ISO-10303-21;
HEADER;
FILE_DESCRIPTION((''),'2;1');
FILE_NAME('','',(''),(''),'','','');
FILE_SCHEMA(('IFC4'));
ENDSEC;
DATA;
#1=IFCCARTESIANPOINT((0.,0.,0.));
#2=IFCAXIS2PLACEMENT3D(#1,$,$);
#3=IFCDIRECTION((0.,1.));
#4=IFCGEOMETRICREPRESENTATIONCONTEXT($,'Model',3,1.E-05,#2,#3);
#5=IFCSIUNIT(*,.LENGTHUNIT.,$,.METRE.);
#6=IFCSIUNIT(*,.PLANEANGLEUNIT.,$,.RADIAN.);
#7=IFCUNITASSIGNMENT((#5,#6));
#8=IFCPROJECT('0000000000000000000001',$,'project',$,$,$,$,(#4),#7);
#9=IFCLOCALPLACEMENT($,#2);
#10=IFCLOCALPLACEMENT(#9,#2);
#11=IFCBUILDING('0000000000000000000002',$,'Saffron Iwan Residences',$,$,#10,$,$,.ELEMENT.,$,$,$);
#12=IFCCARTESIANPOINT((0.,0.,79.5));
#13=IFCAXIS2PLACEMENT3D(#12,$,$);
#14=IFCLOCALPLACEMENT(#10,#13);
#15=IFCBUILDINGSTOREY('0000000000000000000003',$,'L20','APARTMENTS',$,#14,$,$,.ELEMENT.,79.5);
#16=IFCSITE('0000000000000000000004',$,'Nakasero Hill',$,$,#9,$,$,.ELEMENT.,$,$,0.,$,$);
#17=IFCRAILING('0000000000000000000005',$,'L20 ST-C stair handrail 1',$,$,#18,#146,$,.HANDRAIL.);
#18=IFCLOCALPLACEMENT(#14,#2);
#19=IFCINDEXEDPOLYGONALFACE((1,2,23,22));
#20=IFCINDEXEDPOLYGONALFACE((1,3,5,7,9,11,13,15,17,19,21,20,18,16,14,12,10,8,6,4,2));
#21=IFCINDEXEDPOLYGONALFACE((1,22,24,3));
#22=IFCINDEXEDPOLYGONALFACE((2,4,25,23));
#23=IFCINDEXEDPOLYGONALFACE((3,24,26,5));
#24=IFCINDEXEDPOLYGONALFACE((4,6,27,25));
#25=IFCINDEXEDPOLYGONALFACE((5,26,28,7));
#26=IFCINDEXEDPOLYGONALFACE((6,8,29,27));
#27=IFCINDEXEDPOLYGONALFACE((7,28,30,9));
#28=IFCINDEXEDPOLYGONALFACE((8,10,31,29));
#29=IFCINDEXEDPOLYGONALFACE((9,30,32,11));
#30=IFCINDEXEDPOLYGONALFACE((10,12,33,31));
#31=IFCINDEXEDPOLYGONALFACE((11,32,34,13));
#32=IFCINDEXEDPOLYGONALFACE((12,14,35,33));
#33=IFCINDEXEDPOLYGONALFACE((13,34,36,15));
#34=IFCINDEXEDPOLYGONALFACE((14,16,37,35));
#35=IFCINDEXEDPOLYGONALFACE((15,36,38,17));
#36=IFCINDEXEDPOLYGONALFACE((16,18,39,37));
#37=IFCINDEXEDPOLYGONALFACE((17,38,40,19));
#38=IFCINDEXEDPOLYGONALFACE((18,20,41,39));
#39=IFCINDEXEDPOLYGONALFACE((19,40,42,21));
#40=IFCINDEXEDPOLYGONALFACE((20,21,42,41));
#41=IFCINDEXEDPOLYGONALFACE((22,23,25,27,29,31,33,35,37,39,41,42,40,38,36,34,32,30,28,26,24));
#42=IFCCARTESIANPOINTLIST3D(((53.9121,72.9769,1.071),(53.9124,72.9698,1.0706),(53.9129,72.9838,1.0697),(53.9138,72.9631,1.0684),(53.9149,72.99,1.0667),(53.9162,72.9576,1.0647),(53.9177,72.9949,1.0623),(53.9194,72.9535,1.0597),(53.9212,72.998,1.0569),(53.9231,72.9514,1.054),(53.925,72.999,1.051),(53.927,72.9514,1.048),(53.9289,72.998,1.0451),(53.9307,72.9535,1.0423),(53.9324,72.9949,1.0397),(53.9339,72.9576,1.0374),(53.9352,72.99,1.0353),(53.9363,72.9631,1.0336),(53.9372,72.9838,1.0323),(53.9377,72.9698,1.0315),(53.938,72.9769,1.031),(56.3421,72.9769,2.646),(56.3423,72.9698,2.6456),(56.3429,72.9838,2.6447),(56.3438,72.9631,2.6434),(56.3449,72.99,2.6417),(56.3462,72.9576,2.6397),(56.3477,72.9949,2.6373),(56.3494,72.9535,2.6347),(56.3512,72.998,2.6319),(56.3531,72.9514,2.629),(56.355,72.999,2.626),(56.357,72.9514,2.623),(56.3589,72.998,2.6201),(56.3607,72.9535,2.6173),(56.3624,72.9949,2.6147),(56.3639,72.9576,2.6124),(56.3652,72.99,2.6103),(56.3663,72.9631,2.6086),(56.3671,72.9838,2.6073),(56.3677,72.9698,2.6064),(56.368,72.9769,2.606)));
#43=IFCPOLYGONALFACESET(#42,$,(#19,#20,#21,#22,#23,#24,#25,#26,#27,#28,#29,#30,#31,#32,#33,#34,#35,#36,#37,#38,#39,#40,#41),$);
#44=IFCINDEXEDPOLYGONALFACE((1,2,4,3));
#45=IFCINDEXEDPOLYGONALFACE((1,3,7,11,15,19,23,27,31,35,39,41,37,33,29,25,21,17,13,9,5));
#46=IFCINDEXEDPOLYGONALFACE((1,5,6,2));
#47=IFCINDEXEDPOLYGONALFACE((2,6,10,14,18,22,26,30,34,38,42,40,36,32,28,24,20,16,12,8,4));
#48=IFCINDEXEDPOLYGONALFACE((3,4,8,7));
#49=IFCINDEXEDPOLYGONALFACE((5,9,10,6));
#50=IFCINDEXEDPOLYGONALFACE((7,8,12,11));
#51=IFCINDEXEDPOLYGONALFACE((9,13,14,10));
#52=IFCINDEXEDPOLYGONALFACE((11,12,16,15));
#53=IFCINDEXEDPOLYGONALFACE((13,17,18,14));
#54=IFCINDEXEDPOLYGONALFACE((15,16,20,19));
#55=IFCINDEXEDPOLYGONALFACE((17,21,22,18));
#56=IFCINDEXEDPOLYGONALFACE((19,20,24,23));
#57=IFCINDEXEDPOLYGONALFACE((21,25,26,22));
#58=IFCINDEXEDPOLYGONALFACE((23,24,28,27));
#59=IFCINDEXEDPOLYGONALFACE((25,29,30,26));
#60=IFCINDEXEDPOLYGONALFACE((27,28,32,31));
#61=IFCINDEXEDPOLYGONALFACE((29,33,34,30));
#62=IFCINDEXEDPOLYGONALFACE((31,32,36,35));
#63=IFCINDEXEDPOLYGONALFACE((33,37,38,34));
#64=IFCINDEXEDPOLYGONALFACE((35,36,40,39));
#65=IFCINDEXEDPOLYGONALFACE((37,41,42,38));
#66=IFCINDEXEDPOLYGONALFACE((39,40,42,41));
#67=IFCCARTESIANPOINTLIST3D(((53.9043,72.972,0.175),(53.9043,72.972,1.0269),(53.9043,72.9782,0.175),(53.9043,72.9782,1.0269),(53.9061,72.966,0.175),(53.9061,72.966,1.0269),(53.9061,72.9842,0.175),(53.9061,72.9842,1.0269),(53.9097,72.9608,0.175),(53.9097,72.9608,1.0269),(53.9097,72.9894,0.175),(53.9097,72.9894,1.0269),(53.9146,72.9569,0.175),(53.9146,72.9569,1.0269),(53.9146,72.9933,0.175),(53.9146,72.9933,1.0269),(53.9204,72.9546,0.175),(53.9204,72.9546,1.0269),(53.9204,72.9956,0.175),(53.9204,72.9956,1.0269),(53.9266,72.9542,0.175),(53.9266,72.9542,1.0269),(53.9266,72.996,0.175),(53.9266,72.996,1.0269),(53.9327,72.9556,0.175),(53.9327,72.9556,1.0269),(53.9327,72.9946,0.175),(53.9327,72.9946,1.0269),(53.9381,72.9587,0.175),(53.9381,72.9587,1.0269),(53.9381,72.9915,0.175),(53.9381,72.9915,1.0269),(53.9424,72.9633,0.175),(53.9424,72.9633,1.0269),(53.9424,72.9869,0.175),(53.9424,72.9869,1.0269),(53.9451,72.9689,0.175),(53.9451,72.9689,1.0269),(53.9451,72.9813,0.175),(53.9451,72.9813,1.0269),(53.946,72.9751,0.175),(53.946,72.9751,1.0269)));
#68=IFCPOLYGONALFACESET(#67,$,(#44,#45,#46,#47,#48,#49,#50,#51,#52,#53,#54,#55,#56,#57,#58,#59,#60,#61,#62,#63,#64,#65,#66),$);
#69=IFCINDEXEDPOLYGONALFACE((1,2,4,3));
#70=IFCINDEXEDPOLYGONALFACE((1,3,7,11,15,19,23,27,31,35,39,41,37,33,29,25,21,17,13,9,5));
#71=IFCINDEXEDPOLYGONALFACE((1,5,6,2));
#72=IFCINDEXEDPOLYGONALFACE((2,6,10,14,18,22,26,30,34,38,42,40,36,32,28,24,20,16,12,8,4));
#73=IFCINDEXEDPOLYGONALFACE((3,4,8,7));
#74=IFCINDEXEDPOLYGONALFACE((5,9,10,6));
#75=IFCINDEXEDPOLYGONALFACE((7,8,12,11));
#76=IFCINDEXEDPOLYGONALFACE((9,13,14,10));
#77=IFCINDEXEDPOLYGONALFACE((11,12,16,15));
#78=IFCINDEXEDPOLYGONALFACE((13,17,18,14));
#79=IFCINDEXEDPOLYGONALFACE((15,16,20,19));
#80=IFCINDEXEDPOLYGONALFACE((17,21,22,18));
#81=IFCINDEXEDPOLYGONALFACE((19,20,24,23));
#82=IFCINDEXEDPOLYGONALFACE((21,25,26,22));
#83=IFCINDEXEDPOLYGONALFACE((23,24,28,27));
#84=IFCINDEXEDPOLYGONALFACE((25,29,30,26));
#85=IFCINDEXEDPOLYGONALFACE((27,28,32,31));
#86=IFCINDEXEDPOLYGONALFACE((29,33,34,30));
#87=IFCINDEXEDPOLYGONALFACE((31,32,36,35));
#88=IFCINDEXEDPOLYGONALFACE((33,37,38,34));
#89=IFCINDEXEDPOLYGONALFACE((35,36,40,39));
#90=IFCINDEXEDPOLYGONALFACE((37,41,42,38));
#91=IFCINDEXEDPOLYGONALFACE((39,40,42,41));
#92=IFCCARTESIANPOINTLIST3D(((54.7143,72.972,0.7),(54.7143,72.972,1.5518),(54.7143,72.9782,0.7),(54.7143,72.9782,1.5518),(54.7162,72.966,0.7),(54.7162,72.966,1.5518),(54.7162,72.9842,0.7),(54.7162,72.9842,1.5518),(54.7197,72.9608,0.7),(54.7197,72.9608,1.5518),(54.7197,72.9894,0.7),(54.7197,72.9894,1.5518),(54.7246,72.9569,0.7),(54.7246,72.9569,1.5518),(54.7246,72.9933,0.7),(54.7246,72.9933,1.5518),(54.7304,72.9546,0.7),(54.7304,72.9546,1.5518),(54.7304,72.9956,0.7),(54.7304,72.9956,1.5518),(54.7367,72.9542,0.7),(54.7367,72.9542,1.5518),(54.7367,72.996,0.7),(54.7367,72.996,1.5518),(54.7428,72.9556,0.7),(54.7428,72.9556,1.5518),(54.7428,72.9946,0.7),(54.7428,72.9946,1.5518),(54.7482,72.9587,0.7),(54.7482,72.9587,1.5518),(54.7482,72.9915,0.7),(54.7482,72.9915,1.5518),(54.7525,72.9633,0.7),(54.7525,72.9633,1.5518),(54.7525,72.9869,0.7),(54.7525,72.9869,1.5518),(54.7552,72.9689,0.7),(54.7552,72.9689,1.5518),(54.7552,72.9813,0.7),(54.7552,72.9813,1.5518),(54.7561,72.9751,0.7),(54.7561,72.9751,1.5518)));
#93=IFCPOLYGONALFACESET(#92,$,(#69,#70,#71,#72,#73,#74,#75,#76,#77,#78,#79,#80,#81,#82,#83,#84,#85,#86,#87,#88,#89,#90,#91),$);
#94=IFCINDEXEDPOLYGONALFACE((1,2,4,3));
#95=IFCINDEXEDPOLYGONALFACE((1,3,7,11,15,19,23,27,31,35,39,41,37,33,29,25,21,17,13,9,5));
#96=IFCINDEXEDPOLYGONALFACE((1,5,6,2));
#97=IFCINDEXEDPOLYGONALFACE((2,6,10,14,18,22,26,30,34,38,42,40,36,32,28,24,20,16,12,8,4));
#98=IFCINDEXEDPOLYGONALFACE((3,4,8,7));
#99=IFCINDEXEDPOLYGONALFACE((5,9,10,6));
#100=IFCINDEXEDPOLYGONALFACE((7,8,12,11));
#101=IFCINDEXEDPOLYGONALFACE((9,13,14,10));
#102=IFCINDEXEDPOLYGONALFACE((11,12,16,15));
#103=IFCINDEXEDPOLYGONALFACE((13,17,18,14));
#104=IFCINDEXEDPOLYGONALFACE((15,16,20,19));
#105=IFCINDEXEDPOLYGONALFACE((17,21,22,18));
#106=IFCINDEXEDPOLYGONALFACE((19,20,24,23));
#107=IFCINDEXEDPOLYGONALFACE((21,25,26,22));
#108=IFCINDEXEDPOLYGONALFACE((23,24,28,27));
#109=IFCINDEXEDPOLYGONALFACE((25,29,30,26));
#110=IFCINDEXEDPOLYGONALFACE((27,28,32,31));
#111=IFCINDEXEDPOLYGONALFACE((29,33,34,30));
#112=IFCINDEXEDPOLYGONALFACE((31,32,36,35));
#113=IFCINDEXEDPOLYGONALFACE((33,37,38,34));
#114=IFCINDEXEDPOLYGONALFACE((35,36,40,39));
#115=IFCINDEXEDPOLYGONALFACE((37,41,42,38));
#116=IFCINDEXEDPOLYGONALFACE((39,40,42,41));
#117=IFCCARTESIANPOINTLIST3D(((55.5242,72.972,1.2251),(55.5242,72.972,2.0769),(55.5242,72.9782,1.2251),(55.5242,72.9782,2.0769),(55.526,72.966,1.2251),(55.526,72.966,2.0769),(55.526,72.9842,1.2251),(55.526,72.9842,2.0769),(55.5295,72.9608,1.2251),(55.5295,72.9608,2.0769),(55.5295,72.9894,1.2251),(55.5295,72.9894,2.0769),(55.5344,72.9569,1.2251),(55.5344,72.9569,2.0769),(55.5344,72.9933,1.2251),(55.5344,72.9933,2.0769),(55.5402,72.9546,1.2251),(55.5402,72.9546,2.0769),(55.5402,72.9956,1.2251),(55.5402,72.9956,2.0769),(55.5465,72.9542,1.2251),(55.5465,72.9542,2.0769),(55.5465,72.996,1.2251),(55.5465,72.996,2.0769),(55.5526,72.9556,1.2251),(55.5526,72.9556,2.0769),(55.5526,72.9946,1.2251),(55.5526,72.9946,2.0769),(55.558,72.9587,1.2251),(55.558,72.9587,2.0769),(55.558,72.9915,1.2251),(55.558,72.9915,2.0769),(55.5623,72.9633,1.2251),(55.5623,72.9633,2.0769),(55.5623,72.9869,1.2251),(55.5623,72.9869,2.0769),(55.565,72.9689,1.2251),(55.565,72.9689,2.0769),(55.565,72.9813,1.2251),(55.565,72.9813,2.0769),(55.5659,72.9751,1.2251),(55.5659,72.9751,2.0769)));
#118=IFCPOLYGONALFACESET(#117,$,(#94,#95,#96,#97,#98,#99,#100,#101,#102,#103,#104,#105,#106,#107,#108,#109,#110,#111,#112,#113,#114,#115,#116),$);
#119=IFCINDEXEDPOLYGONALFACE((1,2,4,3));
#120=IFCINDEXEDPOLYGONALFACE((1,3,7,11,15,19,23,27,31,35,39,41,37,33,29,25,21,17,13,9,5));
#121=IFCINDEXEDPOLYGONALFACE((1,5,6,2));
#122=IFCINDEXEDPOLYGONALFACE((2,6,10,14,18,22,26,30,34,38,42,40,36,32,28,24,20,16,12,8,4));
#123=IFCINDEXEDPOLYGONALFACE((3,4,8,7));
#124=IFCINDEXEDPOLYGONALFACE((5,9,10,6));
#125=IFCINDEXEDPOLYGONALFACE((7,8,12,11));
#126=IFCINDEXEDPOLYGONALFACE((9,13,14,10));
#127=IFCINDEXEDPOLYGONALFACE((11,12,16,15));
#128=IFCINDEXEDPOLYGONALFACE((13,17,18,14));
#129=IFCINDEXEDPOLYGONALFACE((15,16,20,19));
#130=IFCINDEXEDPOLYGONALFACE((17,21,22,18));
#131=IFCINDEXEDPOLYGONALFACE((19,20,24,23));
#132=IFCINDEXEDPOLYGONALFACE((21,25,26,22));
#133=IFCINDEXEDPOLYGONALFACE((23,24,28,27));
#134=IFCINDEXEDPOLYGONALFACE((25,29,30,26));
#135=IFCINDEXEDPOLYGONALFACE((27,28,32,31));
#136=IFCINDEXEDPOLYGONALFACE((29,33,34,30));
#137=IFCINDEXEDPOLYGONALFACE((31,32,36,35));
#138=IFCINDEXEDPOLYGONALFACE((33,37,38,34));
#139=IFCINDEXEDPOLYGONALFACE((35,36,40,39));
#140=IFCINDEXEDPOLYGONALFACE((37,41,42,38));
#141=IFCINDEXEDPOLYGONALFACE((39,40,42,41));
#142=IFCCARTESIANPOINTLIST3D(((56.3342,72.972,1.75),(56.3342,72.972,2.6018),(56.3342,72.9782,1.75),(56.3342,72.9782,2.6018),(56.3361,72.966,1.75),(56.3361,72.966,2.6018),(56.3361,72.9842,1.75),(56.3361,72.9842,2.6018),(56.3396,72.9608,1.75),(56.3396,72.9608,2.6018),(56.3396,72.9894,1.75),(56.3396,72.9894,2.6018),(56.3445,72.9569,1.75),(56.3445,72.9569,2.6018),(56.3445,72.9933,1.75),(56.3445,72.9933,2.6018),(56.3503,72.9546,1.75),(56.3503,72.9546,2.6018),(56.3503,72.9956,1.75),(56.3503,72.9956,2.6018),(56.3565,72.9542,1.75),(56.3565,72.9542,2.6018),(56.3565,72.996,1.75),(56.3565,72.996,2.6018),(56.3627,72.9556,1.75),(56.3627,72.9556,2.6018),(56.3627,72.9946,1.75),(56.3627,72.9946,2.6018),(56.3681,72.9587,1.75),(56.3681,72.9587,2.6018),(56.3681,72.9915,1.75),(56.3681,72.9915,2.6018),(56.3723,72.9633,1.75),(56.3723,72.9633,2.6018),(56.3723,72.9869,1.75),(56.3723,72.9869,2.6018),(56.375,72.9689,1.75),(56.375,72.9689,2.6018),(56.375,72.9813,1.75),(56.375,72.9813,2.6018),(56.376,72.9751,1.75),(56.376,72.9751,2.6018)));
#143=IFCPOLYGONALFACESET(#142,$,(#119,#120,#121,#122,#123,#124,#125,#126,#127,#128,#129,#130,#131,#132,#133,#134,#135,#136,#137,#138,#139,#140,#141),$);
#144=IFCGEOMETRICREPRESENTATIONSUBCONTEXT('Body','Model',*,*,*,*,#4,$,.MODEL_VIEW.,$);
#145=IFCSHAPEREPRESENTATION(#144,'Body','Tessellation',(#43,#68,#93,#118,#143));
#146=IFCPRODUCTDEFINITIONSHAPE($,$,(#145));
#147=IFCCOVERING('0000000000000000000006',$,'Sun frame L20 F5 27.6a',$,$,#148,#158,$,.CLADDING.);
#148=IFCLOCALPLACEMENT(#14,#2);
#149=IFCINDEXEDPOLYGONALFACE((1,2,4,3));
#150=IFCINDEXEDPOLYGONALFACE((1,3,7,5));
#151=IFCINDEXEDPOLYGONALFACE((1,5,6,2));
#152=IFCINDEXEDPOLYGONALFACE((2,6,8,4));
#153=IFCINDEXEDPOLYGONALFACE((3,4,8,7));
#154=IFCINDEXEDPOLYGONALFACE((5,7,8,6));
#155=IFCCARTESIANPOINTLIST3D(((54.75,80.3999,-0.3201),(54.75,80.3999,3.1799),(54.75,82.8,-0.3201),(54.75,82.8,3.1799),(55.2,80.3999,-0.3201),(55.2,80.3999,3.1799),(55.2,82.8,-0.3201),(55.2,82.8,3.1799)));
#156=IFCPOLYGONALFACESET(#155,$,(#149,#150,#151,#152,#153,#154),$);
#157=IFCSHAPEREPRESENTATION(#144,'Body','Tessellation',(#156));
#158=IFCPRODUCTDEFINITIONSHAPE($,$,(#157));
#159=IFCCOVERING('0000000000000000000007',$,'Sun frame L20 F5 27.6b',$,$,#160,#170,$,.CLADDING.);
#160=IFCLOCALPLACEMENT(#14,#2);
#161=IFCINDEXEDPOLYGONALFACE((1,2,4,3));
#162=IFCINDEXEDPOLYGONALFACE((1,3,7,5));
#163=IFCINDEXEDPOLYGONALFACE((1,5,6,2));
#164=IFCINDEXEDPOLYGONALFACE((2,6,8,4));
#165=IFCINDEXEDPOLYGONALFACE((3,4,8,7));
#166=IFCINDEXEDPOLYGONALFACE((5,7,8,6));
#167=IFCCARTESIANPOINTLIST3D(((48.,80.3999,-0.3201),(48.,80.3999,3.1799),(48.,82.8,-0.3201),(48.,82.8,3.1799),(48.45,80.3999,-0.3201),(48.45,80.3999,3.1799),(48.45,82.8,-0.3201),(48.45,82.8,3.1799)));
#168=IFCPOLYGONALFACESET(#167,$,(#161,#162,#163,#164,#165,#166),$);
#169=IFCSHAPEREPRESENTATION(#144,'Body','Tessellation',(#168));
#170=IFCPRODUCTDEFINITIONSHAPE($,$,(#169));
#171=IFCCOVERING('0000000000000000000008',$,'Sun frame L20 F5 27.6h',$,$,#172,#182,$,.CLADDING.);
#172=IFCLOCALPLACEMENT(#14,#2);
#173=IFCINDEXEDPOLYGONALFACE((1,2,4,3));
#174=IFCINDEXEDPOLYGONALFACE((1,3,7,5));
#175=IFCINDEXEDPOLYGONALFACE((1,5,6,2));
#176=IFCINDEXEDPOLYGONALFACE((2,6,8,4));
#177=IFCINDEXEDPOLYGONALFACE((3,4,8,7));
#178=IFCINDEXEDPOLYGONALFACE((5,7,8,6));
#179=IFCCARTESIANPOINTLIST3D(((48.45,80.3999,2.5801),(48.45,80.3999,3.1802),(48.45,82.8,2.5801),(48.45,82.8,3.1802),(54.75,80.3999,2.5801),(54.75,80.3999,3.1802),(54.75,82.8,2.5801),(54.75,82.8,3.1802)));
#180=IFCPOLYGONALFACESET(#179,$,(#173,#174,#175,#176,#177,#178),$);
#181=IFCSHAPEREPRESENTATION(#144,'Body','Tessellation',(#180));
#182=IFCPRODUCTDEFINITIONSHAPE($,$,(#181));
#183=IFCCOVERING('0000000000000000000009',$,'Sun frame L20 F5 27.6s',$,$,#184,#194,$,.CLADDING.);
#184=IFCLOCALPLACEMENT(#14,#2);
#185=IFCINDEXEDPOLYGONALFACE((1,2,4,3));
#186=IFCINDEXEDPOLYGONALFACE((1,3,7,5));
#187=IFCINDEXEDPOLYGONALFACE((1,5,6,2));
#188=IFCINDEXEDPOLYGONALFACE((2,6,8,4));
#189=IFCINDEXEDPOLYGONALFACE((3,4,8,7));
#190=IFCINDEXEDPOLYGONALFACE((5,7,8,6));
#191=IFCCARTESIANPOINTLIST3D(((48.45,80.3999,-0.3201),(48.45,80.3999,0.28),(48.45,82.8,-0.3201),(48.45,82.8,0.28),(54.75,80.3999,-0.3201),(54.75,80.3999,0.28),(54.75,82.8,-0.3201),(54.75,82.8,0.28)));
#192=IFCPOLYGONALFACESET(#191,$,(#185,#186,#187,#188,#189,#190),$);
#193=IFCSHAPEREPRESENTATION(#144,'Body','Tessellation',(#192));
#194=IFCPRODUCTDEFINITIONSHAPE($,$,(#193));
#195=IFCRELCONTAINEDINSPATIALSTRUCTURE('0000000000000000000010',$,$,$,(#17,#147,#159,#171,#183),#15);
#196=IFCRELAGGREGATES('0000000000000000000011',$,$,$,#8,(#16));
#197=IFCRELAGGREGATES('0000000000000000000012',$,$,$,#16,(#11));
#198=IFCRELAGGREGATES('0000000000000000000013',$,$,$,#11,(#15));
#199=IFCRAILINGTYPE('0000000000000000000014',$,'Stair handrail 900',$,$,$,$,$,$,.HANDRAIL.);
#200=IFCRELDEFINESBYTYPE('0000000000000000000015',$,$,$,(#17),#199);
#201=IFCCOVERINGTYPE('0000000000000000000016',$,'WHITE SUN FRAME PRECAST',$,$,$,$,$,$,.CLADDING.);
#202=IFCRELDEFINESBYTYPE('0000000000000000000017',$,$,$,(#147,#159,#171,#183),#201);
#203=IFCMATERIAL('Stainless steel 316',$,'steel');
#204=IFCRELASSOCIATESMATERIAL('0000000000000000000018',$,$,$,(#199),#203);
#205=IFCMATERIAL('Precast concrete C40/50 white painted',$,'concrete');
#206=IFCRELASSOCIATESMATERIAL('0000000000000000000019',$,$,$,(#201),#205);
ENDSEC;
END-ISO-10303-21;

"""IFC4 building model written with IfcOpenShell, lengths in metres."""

from ifc_helpers import new_model, si_unit, direction, frame, origin, origin_2d, place, context, subcontext, project, spatial, polyline, circle, outline, extrude, material, type_object, element, save


model = new_model("IFC4")

# Units and contexts
model_context = context("Model", 3, precision=1e-05, world=origin(), true_north=direction((0.0, 1.0)))
body_context = subcontext(model_context, "Body", "Model", "MODEL_VIEW")
ifc_project = project(units=[si_unit("LENGTHUNIT", "METRE"), si_unit("PLANEANGLEUNIT", "RADIAN")], contexts=[model_context])

# Site, building, storey
site_placement = place(None, origin())
site = spatial("IfcSite", under=ifc_project, at=site_placement, Name="Nakasero Hill", CompositionType="ELEMENT", RefElevation=0.0)
building_placement = place(site_placement, origin())
building = spatial("IfcBuilding", under=site, at=building_placement, Name="Saffron Iwan Residences", CompositionType="ELEMENT")
storey_placement = place(building_placement, frame((0.0, 0.0, 79.5)))
storey = spatial("IfcBuildingStorey", under=building, at=storey_placement, Name="L20", Description="APARTMENTS", CompositionType="ELEMENT", Elevation=79.5)

# Railing
ifc_material_1 = material(Name="Stainless steel 316", Category="steel")
railing_type_1 = type_object("IfcRailingType", Name="Stair handrail 900", PredefinedType="HANDRAIL", material=ifc_material_1)
railing_1_placement = place(storey_placement, frame((53.925, 72.9751, 0.175)))
element("IfcRailing", 1, at=railing_1_placement, inside=storey, type_object=railing_type_1, Name="L20 ST-C stair handrail 1", PredefinedType="HANDRAIL", context=body_context, shape_type="SweptSolid", body=[
    extrude(circle(Radius=0.0239, at=origin_2d()), frame((0.0, 0.0, 0.876), z_axis=(0.839154, 0.0, 0.543894), x_axis=(0.0, 1.0, 0.0)), (0.0, 0.0, 1.0), 2.8958),
    extrude(circle(Radius=0.021, at=origin_2d()), origin(), (0.0, 0.0, 1.0), 0.8518),
    extrude(circle(Radius=0.021, at=origin_2d()), frame((0.8101, 0.0, 0.5249)), (0.0, 0.0, 1.0), 0.8518),
    extrude(circle(Radius=0.021, at=origin_2d()), frame((1.6199, 0.0, 1.05)), (0.0, 0.0, 1.0), 0.8518),
    extrude(circle(Radius=0.021, at=origin_2d()), frame((2.4299, 0.0, 1.575)), (0.0, 0.0, 1.0), 0.8518),
])

# Coverings
ifc_material_2 = material(Name="Precast concrete C40/50 white painted", Category="concrete")
covering_type_1 = type_object("IfcCoveringType", Name="WHITE SUN FRAME PRECAST", PredefinedType="CLADDING", material=ifc_material_2)
for number, where, z_axis, x_axis, name in (
    (2, (55.2, 80.3999, -0.3201), (0.0, 1.0, 0.0), (-1.0, 0.0, 0.0), "Sun frame L20 F5 27.6a"),
    (3, (48.45, 80.3999, -0.3201), (0.0, 1.0, 0.0), (-1.0, 0.0, 0.0), "Sun frame L20 F5 27.6b"),
):
    element("IfcCovering", number, at=place(storey_placement, frame(where, z_axis=z_axis, x_axis=x_axis)), inside=storey, type_object=covering_type_1, Name=name, PredefinedType="CLADDING", context=body_context, shape_type="SweptSolid", body=[
        extrude(outline(polyline([(0.0, 0.0), (0.45, 0.0), (0.45, 3.5), (0.0, 3.5), (0.0, 0.0)])), origin(), (0.0, 0.0, 1.0), 2.4001),
    ])
for number, where, z_axis, x_axis, name in (
    (4, (54.75, 80.3999, 2.5801), (0.0, 1.0, 0.0), (-1.0, 0.0, 0.0), "Sun frame L20 F5 27.6h"),
    (5, (54.75, 80.3999, -0.3201), (0.0, 1.0, 0.0), (-1.0, 0.0, 0.0), "Sun frame L20 F5 27.6s"),
):
    element("IfcCovering", number, at=place(storey_placement, frame(where, z_axis=z_axis, x_axis=x_axis)), inside=storey, type_object=covering_type_1, Name=name, PredefinedType="CLADDING", context=body_context, shape_type="SweptSolid", body=[
        extrude(outline(polyline([(0.0, 0.0), (6.3, 0.0), (6.3, 0.6001), (0.0, 0.6001), (0.0, 0.0)])), origin(), (0.0, 0.0, 1.0), 2.4001),
    ])

save(model, "model.ifc")
